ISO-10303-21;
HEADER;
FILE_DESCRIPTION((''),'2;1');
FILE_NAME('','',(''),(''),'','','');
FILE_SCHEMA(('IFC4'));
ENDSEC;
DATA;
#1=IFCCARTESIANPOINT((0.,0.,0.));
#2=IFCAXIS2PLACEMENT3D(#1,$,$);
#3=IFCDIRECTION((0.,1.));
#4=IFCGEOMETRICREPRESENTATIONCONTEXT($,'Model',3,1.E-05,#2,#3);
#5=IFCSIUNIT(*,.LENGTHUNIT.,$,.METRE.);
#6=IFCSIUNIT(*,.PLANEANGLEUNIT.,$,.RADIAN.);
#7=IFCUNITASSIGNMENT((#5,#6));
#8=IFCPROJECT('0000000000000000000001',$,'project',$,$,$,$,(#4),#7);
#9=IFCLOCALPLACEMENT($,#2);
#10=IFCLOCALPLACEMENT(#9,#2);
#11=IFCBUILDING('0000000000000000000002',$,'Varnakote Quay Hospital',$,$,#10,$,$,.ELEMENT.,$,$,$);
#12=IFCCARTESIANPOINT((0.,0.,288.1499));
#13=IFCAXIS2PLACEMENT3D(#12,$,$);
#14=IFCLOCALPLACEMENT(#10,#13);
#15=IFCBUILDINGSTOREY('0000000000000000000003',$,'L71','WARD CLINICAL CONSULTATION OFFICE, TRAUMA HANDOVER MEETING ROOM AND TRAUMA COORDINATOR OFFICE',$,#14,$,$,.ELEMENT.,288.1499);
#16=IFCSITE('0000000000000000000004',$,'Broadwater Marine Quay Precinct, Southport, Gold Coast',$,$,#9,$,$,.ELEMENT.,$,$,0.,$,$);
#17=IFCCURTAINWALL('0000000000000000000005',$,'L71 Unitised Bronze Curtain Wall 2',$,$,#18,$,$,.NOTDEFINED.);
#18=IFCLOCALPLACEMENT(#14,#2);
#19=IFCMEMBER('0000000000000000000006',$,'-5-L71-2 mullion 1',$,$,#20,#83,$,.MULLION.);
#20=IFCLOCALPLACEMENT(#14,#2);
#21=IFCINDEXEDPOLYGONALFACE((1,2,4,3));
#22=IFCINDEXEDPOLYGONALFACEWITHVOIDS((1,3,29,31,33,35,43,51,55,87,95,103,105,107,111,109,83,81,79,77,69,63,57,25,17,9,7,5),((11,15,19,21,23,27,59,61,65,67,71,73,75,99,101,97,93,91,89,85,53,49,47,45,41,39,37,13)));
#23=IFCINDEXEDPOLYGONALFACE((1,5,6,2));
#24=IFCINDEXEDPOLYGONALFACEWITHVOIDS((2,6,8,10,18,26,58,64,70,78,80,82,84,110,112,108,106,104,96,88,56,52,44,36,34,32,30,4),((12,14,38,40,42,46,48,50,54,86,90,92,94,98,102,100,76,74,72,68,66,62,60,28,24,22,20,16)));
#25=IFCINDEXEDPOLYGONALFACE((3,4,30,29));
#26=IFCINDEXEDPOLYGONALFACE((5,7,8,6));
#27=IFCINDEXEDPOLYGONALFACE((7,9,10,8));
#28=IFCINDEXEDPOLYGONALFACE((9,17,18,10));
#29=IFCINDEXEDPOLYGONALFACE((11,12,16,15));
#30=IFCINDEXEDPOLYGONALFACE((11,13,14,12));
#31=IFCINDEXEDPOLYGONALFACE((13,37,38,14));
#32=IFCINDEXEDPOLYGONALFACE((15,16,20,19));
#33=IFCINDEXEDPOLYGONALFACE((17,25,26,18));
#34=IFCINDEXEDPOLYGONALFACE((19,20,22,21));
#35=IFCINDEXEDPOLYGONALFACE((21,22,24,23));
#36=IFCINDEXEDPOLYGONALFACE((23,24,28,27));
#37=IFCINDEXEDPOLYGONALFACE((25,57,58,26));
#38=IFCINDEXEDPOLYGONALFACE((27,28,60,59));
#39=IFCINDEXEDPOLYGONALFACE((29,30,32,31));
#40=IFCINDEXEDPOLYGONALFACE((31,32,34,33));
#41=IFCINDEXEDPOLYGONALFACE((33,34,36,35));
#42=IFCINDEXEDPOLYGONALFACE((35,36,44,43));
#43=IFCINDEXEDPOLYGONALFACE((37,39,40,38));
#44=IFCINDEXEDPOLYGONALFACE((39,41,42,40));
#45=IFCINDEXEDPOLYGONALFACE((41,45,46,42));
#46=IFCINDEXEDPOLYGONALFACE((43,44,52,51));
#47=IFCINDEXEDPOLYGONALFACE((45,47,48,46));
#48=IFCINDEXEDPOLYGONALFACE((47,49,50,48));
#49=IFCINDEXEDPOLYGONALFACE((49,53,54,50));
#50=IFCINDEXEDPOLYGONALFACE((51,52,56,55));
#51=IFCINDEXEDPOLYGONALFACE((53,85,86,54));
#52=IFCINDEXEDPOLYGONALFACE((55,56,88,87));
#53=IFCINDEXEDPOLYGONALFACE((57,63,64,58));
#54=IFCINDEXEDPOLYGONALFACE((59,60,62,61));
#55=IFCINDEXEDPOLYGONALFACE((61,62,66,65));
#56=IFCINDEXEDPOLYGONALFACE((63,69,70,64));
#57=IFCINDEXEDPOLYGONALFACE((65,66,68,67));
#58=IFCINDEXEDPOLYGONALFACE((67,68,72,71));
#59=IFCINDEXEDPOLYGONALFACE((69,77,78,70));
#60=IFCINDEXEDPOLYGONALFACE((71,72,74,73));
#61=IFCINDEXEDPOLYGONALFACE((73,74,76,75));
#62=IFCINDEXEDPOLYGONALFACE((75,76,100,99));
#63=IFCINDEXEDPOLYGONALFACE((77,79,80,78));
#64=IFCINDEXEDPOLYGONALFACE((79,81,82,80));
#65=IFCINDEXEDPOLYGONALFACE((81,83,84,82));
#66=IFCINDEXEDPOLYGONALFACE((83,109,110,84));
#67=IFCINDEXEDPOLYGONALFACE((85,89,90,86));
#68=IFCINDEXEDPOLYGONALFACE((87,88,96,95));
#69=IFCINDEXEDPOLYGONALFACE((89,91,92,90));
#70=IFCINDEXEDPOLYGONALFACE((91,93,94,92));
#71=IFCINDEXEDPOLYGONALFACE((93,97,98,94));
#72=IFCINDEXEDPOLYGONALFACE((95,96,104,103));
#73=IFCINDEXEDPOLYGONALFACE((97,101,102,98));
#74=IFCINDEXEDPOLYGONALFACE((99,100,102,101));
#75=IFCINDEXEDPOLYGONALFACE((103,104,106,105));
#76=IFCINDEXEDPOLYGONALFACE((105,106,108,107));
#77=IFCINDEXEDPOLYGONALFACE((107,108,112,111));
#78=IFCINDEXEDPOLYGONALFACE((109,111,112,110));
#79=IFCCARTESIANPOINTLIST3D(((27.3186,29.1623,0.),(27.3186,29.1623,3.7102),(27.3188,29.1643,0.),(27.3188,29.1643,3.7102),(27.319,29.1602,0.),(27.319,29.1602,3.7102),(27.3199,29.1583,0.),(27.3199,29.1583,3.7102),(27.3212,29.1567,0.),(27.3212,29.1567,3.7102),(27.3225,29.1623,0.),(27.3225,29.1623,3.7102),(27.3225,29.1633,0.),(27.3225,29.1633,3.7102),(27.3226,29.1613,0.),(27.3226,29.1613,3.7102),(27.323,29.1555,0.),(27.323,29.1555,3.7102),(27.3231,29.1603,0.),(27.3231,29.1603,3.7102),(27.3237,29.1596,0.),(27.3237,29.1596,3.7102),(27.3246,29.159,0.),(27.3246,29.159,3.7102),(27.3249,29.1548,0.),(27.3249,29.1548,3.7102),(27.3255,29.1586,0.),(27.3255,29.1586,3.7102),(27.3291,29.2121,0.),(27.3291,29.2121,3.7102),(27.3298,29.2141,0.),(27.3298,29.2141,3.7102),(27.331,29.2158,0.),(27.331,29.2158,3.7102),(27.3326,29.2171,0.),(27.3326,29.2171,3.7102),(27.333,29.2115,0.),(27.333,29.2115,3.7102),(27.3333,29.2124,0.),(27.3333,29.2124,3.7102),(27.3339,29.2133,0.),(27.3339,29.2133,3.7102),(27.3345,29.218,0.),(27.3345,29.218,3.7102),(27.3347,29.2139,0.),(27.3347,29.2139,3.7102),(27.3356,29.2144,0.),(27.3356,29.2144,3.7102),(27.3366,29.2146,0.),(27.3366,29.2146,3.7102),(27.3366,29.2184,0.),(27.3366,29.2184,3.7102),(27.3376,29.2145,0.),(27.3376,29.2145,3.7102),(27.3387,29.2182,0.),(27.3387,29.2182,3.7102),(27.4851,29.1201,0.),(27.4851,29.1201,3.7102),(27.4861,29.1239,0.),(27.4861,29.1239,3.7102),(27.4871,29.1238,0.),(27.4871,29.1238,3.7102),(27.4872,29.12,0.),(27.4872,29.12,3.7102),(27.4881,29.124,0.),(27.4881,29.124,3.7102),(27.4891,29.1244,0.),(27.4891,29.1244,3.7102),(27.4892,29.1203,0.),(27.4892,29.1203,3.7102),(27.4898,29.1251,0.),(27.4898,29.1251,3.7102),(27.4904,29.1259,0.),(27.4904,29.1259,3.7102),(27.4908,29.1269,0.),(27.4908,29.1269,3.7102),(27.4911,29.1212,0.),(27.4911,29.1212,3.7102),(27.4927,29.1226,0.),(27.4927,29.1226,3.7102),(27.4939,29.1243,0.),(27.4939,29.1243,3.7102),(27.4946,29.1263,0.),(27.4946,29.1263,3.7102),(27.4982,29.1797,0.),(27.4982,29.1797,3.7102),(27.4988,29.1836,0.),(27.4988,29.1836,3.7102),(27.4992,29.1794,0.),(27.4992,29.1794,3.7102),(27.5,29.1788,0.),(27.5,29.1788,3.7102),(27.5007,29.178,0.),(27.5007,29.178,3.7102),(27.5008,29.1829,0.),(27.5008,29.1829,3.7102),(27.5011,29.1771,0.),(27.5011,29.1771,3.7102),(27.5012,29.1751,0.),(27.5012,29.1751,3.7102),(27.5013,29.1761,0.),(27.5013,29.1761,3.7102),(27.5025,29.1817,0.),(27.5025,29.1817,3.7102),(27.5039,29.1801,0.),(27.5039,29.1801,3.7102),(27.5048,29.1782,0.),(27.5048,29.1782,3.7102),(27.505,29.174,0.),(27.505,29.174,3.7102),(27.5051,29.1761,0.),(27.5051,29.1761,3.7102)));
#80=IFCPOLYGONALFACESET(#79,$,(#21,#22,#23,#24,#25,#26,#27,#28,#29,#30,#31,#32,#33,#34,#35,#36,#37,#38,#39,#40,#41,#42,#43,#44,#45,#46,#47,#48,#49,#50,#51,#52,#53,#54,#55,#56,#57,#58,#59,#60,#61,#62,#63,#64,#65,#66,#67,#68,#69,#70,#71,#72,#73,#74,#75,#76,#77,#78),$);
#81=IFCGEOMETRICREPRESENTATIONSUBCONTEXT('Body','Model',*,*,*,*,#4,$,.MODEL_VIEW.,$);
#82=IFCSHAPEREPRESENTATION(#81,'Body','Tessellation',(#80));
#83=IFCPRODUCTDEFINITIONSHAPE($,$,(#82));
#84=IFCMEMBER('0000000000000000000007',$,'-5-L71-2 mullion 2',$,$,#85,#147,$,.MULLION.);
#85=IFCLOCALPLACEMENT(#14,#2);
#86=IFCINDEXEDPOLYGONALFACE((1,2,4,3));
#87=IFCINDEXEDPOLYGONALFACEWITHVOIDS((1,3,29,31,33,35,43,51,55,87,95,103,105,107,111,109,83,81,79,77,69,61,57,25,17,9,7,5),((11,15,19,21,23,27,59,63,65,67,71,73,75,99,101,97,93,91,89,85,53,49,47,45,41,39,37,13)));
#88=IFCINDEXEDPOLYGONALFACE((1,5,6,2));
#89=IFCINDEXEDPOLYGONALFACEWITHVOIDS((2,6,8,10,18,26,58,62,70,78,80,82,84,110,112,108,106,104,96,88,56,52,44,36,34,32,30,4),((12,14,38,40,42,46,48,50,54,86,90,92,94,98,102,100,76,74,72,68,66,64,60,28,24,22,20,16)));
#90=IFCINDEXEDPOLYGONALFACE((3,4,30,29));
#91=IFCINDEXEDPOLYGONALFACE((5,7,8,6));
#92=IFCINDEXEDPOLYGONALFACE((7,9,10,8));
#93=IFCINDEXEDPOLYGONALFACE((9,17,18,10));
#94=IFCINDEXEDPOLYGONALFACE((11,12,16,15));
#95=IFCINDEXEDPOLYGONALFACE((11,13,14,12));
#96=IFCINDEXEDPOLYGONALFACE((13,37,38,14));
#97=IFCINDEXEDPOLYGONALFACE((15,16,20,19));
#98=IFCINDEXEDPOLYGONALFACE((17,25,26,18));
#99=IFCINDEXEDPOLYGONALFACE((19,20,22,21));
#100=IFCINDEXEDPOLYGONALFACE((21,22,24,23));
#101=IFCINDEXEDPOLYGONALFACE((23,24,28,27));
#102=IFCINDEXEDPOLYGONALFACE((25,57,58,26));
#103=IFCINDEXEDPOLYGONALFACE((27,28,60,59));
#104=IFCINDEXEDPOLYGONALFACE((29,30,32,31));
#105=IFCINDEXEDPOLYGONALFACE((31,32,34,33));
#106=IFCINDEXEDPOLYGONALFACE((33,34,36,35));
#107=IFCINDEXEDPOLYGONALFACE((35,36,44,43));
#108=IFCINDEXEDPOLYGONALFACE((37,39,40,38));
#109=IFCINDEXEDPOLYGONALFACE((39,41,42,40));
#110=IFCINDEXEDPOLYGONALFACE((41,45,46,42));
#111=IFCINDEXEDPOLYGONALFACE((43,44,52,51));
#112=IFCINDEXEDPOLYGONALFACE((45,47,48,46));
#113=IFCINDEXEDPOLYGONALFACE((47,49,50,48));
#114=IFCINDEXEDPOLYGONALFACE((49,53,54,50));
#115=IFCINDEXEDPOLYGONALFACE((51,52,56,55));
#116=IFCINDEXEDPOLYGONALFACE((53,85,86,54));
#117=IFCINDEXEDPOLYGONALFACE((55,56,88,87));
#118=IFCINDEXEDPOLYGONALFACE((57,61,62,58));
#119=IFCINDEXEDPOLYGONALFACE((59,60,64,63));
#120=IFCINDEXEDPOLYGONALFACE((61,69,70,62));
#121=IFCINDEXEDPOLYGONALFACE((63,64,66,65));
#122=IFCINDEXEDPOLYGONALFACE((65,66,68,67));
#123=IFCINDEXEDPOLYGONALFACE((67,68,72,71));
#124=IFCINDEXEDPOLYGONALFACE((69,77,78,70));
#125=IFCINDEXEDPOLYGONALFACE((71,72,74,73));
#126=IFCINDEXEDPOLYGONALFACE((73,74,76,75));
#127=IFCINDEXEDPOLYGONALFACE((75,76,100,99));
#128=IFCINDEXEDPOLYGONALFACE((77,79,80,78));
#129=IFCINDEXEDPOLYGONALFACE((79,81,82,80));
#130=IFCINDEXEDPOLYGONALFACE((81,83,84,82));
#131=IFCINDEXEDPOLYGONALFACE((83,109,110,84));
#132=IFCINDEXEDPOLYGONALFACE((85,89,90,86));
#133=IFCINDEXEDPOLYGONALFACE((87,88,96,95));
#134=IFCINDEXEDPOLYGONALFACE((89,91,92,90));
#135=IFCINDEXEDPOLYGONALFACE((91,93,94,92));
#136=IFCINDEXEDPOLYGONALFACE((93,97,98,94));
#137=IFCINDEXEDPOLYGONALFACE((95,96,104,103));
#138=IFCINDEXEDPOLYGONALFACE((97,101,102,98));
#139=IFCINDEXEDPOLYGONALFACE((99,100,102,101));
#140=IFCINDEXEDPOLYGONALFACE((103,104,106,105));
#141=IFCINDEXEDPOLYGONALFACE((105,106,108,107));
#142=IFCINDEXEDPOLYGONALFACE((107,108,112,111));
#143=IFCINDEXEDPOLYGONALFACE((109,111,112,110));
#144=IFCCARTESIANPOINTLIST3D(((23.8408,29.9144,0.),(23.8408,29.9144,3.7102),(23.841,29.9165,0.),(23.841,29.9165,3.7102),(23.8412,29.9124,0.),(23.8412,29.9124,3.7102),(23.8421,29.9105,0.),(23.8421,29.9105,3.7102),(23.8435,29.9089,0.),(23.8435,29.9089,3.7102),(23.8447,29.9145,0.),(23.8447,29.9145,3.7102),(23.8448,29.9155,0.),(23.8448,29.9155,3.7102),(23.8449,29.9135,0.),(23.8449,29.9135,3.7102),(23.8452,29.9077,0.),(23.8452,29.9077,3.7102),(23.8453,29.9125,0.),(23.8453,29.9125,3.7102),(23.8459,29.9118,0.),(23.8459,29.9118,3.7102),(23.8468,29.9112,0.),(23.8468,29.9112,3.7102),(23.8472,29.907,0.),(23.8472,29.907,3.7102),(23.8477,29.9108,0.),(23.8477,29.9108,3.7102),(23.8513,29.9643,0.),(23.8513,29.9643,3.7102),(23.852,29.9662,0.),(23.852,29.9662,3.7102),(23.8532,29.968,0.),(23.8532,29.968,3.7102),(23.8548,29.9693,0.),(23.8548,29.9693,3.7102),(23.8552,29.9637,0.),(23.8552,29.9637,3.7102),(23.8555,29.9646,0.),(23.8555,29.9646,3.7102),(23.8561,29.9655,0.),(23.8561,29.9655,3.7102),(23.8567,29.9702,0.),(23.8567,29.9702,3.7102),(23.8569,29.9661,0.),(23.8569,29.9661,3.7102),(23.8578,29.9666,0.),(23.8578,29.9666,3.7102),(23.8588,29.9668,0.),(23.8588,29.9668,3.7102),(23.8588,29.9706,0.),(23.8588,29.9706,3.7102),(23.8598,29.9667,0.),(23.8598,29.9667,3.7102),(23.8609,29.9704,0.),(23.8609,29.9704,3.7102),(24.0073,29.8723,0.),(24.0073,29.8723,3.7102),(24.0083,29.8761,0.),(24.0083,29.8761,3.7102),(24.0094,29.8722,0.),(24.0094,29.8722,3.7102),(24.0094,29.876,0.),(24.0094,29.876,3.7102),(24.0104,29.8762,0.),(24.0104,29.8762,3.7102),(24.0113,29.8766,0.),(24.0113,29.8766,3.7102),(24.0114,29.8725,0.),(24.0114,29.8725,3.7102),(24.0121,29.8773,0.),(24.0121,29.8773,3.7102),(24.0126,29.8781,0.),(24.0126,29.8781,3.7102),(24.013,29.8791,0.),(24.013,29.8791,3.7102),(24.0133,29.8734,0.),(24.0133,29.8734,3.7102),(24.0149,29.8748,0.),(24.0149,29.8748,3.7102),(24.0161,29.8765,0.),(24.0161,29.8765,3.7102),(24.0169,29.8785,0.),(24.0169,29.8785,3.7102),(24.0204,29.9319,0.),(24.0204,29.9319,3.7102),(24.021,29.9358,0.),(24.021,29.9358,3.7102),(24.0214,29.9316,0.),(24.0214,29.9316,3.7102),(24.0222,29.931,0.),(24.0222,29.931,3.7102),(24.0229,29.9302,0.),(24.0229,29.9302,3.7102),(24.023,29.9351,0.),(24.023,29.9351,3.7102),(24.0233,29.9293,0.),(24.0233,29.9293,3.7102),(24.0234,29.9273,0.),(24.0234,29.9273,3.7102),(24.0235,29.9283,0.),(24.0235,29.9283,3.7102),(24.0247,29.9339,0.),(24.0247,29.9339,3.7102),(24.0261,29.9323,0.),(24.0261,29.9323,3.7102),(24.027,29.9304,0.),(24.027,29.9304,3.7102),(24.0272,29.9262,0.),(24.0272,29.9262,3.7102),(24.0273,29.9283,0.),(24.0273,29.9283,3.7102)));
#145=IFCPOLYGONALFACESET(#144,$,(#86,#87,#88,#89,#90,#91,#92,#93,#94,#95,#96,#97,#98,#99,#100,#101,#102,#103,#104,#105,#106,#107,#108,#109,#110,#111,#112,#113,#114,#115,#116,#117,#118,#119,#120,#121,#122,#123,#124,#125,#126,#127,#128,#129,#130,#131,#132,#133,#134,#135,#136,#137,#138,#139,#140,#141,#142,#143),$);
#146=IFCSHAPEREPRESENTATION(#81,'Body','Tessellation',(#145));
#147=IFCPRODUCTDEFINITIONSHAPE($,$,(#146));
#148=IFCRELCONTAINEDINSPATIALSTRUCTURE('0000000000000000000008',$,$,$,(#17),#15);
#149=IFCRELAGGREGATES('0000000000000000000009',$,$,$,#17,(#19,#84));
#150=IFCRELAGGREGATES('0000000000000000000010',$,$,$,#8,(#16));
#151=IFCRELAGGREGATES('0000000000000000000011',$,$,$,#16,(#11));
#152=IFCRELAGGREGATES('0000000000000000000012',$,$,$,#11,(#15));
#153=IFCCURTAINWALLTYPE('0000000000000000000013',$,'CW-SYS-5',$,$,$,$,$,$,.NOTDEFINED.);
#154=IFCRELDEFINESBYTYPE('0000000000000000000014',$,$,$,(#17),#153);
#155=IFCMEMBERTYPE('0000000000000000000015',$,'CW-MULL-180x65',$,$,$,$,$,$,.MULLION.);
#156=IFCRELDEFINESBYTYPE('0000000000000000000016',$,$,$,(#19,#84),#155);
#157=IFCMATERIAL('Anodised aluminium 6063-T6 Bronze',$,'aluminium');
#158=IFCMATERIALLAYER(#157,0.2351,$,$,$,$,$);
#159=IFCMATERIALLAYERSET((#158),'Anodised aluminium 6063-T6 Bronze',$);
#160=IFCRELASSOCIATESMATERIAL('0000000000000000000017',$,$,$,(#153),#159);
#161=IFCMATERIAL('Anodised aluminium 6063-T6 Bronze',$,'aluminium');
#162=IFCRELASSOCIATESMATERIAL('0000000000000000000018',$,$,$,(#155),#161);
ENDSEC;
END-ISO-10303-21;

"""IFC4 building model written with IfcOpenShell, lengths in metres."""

from ifc_helpers import new_model, si_unit, direction, frame, origin, origin_2d, place, context, subcontext, project, spatial, hollow_rectangle, extrude, material, layer, layer_set, material_profile, profile_set, type_object, element, aggregate, save


model = new_model("IFC4")

# Units and contexts
model_context = context("Model", 3, precision=1e-05, world=origin(), true_north=direction((0.0, 1.0)))
body_context = subcontext(model_context, "Body", "Model", "MODEL_VIEW")
ifc_project = project(units=[si_unit("LENGTHUNIT", "METRE"), si_unit("PLANEANGLEUNIT", "RADIAN")], contexts=[model_context])

# Site, building, storey
site_placement = place(None, origin())
site = spatial("IfcSite", under=ifc_project, at=site_placement, Name="Broadwater Marine Quay Precinct, Southport, Gold Coast", CompositionType="ELEMENT", RefElevation=0.0)
building_placement = place(site_placement, origin())
building = spatial("IfcBuilding", under=site, at=building_placement, Name="Varnakote Quay Hospital", CompositionType="ELEMENT")
storey_placement = place(building_placement, frame((0.0, 0.0, 288.1499)))
storey = spatial("IfcBuildingStorey", under=building, at=storey_placement, Name="L71", Description="WARD CLINICAL CONSULTATION OFFICE, TRAUMA HANDOVER MEETING ROOM AND TRAUMA COORDINATOR OFFICE", CompositionType="ELEMENT", Elevation=288.1499)

# Shared definitions
ifc_material_1 = material(Name="Anodised aluminium 6063-T6 Bronze", Category="aluminium")
ifc_layer_1 = layer(ifc_material_1, 0.2351)
ifc_layer_set_1 = layer_set([ifc_layer_1], Name="Anodised aluminium 6063-T6 Bronze")
curtain_wall_type = type_object("IfcCurtainWallType", Name="CW-SYS-5", PredefinedType="NOTDEFINED", material=ifc_layer_set_1)
ifc_material_2 = material(Name="Anodised aluminium 6063-T6 Bronze", Category="aluminium")
ifc_material_profile_1 = material_profile(ifc_material_2, hollow_rectangle(XDim=0.0649, YDim=0.1799, WallThickness=0.0039, InnerFilletRadius=0.0039, OuterFilletRadius=0.0081, at=origin_2d()), Name="CW-MULL-180x65")
ifc_profile_set_1 = profile_set([ifc_material_profile_1], Name="Anodised aluminium 6063-T6 Bronze")
member_type_1 = type_object("IfcMemberType", Name="CW-MULL-180x65", PredefinedType="MULLION", material=ifc_profile_set_1)

# Curtain wall, members
curtain_wall_1_placement = place(storey_placement, origin())
curtain_wall_1 = element("IfcCurtainWall", 1, at=curtain_wall_1_placement, inside=storey, type_object=curtain_wall_type, Name="L71 Unitised Bronze Curtain Wall 2", PredefinedType="NOTDEFINED")
member_1_placement = place(storey_placement, frame((27.4119, 29.1692, 0.0), z_axis=(0.0, 0.0, 1.0), x_axis=(-0.211408, -0.977398, 0.0)))
member_1 = element("IfcMember", 2, at=member_1_placement, type_object=member_type_1, Name="-5-L71-2 mullion 1", PredefinedType="MULLION", context=body_context, shape_type="SweptSolid", body=[
    extrude(hollow_rectangle(XDim=0.0649, YDim=0.1799, WallThickness=0.0039, InnerFilletRadius=0.0039, OuterFilletRadius=0.0081, at=origin_2d()), origin(), (0.0, 0.0, 1.0), 3.7102),
])
member_2_placement = place(storey_placement, frame((23.9341, 29.9214, 0.0), z_axis=(0.0, 0.0, 1.0), x_axis=(-0.211408, -0.977398, 0.0)))
member_2 = element("IfcMember", 3, at=member_2_placement, type_object=member_type_1, Name="-5-L71-2 mullion 2", PredefinedType="MULLION", context=body_context, shape_type="SweptSolid", body=[
    extrude(hollow_rectangle(XDim=0.0649, YDim=0.1799, WallThickness=0.0039, InnerFilletRadius=0.0039, OuterFilletRadius=0.0081, at=origin_2d()), origin(), (0.0, 0.0, 1.0), 3.7102),
])
aggregate(curtain_wall_1, [member_1, member_2])

save(model, "model.ifc")
